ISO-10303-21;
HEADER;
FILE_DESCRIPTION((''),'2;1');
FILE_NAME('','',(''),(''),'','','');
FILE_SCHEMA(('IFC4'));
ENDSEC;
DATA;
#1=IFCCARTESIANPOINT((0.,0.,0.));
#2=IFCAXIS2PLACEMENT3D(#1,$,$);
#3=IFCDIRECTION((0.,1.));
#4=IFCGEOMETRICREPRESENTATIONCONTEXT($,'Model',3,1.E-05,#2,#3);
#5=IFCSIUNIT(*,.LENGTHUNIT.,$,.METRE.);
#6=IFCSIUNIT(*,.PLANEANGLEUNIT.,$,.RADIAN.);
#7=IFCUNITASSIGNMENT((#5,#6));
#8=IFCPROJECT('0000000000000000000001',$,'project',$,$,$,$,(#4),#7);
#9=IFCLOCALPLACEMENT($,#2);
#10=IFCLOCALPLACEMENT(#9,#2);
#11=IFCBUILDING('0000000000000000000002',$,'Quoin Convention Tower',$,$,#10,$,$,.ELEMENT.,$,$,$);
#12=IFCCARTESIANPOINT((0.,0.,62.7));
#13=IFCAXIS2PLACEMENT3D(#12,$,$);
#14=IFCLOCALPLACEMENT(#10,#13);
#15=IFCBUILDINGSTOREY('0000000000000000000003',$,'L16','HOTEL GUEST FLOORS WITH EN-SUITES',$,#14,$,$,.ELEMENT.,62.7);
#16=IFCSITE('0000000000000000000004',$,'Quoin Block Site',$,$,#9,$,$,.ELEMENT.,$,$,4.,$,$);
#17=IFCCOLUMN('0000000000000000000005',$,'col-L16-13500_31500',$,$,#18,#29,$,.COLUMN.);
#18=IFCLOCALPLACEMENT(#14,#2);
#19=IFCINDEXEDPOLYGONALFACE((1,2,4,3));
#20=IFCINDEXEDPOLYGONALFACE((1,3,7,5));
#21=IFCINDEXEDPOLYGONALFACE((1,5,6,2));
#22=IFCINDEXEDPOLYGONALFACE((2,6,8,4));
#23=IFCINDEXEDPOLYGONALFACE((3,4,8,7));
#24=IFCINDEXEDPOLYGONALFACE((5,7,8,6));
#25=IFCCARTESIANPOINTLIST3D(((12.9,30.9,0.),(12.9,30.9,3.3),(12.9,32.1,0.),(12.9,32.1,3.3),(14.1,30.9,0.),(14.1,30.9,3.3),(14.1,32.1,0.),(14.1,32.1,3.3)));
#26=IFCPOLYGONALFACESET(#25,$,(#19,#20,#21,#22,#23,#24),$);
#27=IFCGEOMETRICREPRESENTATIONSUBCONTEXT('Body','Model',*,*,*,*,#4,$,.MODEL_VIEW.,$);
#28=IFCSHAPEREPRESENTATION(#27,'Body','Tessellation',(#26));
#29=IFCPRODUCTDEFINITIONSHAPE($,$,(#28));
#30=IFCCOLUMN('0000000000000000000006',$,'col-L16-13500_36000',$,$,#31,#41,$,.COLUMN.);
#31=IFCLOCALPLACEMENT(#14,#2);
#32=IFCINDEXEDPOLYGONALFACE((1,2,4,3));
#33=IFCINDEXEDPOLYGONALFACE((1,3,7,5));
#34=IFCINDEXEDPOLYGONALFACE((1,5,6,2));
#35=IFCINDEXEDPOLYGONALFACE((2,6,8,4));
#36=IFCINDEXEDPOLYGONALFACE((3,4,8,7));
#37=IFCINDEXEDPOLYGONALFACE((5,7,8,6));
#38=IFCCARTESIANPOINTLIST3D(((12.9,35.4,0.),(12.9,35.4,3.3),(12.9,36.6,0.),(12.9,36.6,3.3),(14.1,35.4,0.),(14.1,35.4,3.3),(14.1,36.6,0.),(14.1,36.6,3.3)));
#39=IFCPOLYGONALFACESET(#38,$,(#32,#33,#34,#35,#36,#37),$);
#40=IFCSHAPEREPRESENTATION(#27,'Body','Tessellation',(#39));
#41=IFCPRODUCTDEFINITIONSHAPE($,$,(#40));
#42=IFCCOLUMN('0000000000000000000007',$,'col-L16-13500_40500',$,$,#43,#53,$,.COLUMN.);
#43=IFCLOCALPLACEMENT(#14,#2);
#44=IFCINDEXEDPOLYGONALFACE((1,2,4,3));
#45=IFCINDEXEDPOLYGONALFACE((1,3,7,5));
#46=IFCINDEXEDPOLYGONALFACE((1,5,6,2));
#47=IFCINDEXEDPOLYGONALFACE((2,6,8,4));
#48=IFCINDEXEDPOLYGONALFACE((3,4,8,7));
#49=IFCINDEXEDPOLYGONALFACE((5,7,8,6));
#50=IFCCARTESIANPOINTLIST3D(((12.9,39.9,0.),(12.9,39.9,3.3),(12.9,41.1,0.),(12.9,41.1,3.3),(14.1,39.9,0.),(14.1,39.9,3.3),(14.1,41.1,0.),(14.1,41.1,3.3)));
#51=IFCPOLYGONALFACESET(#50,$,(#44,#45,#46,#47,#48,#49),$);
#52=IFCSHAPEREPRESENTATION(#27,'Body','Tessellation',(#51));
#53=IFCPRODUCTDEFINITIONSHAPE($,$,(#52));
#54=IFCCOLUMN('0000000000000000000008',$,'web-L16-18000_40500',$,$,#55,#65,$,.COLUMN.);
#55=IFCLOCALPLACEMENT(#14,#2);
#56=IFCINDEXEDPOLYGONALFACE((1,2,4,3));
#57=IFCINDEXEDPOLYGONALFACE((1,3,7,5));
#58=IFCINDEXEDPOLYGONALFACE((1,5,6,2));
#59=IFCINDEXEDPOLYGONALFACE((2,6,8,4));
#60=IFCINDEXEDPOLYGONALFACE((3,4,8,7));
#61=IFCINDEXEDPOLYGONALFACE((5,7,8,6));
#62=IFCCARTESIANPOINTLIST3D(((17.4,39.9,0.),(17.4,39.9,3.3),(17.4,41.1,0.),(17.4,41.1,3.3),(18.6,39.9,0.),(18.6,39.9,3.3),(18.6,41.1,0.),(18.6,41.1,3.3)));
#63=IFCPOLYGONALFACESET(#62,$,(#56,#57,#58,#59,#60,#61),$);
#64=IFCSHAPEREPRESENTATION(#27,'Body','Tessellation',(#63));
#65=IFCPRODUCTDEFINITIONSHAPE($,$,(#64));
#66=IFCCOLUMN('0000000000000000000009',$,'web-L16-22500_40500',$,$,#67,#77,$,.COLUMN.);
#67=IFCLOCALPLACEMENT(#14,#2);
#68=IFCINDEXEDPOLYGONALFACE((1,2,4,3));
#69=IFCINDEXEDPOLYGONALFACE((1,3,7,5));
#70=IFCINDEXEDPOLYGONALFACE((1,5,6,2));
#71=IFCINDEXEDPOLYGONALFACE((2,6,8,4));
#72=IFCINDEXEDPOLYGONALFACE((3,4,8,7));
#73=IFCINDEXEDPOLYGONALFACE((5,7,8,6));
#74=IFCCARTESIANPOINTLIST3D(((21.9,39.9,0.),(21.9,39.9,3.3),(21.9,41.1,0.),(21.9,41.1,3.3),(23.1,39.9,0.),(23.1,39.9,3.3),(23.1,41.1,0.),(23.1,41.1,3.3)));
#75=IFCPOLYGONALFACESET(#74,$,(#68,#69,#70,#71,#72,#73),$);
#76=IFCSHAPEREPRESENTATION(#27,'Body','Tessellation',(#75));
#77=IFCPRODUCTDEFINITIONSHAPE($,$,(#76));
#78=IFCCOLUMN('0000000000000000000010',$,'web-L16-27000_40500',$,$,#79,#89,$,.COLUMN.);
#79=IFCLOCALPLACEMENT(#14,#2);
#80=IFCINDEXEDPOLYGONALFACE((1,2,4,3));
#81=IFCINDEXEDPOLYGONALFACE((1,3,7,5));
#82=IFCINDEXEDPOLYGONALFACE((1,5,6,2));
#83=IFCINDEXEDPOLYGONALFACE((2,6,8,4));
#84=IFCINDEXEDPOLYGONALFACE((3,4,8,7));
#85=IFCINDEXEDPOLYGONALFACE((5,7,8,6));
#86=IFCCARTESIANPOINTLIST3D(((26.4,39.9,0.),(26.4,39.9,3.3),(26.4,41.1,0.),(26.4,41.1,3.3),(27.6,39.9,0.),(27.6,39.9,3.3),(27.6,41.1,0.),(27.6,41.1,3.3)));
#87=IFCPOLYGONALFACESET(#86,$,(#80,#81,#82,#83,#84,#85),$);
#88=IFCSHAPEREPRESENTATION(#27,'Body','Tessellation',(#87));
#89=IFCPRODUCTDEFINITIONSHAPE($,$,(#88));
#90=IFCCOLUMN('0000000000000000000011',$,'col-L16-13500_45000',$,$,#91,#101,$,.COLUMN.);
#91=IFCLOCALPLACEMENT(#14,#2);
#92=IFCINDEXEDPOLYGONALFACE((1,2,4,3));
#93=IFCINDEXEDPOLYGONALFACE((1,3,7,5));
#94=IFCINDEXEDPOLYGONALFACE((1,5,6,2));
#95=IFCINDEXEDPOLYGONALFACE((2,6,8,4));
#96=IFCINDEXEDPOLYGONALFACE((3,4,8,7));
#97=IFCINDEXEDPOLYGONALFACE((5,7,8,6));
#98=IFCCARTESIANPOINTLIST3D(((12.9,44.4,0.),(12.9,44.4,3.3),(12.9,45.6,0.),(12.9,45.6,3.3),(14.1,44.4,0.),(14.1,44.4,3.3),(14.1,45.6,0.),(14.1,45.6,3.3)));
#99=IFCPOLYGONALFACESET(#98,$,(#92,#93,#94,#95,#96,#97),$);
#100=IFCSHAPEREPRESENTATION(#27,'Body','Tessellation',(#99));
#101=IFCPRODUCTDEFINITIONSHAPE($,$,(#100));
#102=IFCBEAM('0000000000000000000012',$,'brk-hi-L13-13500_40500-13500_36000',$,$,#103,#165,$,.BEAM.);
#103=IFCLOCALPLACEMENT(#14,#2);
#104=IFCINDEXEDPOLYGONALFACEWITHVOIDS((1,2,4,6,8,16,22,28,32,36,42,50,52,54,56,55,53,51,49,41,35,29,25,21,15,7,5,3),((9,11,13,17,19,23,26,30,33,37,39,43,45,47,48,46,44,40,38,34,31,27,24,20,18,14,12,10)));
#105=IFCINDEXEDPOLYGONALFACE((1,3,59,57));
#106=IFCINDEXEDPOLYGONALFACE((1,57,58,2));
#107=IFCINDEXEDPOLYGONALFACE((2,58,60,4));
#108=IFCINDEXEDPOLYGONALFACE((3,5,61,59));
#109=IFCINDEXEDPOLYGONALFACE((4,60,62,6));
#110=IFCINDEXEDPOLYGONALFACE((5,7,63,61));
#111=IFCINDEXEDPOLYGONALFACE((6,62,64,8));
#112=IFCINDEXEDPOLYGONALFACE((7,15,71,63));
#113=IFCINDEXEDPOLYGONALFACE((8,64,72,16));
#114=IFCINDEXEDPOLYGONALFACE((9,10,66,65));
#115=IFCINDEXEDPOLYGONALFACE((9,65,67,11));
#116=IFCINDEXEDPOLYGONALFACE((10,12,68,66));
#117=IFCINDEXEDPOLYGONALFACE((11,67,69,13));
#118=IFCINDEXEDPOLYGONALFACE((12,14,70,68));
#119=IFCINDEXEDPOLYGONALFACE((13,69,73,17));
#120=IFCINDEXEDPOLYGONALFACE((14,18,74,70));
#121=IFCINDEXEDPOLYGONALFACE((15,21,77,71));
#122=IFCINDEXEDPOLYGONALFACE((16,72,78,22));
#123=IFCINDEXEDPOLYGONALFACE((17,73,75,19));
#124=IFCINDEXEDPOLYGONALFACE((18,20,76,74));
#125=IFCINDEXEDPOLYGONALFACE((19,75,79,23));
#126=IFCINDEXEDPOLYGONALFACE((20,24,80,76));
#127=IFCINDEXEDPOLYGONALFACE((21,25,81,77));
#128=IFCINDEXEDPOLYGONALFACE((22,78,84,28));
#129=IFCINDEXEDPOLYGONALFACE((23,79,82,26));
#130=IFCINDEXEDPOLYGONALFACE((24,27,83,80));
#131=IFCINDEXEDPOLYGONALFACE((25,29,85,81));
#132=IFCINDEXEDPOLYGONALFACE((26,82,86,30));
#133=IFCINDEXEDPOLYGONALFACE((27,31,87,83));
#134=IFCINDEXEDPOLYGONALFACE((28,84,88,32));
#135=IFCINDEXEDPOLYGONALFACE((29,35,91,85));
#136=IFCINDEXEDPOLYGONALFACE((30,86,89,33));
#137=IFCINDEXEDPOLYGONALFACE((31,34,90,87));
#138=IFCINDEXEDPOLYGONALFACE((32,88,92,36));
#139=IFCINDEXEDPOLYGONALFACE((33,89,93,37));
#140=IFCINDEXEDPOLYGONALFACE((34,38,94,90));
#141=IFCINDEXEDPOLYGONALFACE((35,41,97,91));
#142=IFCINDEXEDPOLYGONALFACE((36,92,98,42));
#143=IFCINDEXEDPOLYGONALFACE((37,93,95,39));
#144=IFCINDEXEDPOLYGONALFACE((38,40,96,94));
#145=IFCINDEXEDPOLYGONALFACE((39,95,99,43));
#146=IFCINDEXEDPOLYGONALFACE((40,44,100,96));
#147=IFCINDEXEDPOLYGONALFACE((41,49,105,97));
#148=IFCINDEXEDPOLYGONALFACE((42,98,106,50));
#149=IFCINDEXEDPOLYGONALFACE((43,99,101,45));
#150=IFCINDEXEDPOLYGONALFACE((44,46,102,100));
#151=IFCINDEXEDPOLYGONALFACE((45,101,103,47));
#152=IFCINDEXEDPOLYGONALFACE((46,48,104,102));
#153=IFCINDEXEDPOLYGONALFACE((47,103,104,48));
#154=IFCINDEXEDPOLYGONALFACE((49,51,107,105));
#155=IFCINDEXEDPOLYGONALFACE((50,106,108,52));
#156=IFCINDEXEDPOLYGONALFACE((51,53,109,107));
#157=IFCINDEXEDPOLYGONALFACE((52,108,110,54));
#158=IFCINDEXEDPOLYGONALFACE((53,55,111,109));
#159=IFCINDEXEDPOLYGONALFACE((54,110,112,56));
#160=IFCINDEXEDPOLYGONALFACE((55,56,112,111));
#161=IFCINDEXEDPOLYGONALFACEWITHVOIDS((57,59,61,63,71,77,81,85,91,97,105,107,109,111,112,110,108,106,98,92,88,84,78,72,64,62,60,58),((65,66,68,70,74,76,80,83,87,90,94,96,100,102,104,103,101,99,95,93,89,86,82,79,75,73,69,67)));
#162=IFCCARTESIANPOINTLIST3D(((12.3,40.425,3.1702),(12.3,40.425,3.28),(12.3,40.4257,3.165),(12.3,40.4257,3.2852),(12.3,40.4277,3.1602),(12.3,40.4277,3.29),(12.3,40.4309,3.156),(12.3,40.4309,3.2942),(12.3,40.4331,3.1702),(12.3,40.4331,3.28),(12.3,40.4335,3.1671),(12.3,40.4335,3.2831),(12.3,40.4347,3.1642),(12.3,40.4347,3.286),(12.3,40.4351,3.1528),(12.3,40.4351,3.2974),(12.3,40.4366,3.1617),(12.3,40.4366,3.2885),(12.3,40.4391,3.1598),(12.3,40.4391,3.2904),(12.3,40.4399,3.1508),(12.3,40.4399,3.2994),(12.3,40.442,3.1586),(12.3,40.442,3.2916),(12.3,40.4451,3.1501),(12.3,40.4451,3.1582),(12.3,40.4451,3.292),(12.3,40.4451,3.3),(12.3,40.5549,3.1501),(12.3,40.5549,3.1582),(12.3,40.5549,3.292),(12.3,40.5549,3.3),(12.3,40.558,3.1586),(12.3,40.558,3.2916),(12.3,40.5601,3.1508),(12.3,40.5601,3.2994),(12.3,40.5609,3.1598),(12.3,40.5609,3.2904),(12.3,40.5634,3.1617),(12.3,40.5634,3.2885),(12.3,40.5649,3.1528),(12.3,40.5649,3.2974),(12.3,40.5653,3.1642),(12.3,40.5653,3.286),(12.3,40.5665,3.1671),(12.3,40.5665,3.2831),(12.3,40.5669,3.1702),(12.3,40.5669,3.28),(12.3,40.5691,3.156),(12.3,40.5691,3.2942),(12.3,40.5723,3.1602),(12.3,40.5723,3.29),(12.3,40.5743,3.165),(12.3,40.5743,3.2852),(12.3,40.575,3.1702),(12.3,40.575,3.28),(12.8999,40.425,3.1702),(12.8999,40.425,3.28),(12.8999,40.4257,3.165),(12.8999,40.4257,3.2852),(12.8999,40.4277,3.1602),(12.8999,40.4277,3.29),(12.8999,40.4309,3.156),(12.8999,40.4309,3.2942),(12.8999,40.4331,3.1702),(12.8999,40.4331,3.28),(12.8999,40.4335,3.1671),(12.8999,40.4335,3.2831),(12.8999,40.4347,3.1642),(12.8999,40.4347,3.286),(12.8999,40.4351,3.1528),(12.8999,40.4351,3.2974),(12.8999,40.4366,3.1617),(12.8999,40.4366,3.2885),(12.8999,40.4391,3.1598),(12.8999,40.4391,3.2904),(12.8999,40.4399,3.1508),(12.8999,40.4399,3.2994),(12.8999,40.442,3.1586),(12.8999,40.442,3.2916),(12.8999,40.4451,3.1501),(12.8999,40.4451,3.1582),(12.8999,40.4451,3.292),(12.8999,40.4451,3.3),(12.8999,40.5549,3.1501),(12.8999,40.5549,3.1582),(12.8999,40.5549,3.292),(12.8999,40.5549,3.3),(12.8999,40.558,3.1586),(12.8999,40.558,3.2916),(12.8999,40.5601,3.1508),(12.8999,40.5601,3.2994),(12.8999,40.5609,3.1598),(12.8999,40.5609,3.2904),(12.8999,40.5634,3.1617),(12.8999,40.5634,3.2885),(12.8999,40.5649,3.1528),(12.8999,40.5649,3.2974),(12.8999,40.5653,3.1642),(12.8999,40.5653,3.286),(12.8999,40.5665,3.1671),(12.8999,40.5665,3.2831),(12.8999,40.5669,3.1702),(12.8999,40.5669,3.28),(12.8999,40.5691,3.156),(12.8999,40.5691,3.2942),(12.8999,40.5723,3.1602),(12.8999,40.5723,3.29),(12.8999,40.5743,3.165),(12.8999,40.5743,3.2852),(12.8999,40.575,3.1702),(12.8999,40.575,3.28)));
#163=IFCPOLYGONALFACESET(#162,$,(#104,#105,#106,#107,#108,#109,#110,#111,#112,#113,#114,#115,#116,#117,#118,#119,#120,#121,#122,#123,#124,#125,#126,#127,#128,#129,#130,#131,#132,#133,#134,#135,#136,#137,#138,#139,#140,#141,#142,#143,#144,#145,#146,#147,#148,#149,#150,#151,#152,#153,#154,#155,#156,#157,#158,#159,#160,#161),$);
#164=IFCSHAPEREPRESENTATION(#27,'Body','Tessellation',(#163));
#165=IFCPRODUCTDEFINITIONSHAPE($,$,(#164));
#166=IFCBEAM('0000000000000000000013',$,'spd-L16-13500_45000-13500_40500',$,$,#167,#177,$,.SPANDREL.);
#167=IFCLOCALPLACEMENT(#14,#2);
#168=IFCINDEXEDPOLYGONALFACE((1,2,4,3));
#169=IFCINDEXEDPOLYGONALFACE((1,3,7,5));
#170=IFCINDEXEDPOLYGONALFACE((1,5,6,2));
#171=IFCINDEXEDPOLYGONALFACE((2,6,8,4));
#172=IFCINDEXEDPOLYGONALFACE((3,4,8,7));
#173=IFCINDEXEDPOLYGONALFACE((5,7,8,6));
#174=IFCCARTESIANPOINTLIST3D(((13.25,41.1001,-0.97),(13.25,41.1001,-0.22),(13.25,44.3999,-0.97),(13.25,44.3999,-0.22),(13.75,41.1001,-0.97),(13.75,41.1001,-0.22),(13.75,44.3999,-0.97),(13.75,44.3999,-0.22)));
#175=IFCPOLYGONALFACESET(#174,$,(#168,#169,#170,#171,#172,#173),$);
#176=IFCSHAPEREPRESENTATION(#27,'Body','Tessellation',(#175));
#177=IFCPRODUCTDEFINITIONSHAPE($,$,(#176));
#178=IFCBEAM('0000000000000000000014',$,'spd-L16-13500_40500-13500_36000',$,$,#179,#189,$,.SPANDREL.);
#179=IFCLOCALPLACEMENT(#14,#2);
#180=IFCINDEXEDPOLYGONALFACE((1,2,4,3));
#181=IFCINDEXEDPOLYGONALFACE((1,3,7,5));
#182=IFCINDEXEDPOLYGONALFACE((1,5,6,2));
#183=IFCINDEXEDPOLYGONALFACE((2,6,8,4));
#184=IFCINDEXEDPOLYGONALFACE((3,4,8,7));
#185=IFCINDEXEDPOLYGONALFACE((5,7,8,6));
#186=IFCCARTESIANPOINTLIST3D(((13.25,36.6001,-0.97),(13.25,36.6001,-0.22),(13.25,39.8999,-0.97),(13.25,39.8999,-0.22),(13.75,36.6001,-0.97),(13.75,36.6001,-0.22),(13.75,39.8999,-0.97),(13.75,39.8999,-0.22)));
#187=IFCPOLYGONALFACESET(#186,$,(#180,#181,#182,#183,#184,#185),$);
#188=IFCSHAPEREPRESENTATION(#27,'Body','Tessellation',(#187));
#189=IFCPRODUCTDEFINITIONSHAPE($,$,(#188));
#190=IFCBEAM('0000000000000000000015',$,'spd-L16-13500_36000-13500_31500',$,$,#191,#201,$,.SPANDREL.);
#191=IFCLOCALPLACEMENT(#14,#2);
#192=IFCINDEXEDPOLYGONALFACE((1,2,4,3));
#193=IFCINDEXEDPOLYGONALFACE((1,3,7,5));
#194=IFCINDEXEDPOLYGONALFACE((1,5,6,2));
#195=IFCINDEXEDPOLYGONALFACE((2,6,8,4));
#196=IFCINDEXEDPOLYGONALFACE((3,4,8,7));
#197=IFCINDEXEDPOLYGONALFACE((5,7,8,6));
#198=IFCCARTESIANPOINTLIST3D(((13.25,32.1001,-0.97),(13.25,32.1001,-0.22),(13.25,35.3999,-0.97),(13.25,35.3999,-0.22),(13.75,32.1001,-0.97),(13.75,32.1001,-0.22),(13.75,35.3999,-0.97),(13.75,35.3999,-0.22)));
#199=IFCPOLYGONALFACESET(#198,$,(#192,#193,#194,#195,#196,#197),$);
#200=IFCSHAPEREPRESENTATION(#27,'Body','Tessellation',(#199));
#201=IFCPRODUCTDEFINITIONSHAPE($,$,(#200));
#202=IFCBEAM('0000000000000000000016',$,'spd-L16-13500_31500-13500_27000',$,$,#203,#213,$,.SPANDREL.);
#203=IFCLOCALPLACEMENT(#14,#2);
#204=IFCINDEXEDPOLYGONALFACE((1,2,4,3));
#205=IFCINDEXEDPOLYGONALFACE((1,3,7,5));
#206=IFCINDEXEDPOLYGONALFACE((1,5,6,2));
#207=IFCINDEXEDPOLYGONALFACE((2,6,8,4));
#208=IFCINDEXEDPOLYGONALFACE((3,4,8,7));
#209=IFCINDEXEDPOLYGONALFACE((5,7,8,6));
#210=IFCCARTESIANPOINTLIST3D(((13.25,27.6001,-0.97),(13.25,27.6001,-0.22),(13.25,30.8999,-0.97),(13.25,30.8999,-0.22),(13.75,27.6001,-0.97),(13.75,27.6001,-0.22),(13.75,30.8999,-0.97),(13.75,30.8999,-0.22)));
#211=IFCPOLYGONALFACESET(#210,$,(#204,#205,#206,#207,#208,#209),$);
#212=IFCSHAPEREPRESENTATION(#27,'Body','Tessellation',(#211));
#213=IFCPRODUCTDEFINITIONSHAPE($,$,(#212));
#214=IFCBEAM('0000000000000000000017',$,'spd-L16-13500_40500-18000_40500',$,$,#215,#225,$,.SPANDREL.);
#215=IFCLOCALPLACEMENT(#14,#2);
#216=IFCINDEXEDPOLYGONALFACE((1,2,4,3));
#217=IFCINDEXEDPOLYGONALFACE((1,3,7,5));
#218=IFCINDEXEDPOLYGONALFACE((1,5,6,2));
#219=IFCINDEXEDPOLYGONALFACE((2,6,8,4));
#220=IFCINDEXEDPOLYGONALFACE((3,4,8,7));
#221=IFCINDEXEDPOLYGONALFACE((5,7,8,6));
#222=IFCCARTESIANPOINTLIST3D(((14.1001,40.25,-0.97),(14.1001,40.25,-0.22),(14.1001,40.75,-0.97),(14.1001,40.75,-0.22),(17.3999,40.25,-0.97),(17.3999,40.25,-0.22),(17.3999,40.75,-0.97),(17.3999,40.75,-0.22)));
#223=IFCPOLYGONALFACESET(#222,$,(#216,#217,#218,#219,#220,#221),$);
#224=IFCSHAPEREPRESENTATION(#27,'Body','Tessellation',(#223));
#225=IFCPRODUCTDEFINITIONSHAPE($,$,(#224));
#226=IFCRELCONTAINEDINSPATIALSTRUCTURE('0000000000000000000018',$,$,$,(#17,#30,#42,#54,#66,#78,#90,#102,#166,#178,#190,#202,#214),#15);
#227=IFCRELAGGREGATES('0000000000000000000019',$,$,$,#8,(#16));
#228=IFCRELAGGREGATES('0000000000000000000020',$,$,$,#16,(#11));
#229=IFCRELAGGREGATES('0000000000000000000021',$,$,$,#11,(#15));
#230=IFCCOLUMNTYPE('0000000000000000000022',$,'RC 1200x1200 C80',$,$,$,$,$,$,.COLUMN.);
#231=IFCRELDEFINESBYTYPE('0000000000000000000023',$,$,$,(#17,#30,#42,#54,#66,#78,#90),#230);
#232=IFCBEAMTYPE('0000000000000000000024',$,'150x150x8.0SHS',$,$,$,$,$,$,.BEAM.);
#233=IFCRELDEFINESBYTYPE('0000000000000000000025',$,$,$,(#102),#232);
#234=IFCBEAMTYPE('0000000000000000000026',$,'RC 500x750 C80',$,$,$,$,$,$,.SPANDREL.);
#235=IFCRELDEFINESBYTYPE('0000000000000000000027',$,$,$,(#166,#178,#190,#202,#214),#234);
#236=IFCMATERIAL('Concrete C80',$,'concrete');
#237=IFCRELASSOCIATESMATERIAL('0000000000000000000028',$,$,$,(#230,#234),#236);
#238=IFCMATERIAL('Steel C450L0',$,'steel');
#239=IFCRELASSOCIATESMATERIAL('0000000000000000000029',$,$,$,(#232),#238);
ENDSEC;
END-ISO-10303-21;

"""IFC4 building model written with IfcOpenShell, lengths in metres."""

from ifc_helpers import new_model, si_unit, direction, frame, origin, origin_2d, place, context, subcontext, project, spatial, rectangle, hollow_rectangle, extrude, material, material_profile, profile_set, type_object, element, save


model = new_model("IFC4")

# Units and contexts
model_context = context("Model", 3, precision=1e-05, world=origin(), true_north=direction((0.0, 1.0)))
body_context = subcontext(model_context, "Body", "Model", "MODEL_VIEW")
ifc_project = project(units=[si_unit("LENGTHUNIT", "METRE"), si_unit("PLANEANGLEUNIT", "RADIAN")], contexts=[model_context])

# Site, building, storey
site_placement = place(None, origin())
site = spatial("IfcSite", under=ifc_project, at=site_placement, Name="Quoin Block Site", CompositionType="ELEMENT", RefElevation=4.0)
building_placement = place(site_placement, origin())
building = spatial("IfcBuilding", under=site, at=building_placement, Name="Quoin Convention Tower", CompositionType="ELEMENT")
storey_placement = place(building_placement, frame((0.0, 0.0, 62.7)))
storey = spatial("IfcBuildingStorey", under=building, at=storey_placement, Name="L16", Description="HOTEL GUEST FLOORS WITH EN-SUITES", CompositionType="ELEMENT", Elevation=62.7)

# Columns
ifc_material_1 = material(Name="Concrete C80", Category="concrete")
ifc_material_profile_1 = material_profile(ifc_material_1, rectangle(XDim=1.2, YDim=1.2, at=origin_2d()), Name="RC 1200x1200")
ifc_profile_set_1 = profile_set([ifc_material_profile_1], Name="Concrete C80")
column_type = type_object("IfcColumnType", Name="RC 1200x1200 C80", PredefinedType="COLUMN", material=ifc_profile_set_1)
for number, where, z_axis, x_axis, name in (
    (1, (13.5, 31.5, 0.0), (0.0, 0.0, 1.0), (1.0, 0.0, 0.0), "col-L16-13500_31500"),
    (2, (13.5, 36.0, 0.0), (0.0, 0.0, 1.0), (1.0, 0.0, 0.0), "col-L16-13500_36000"),
    (3, (13.5, 40.5, 0.0), (0.0, 0.0, 1.0), (1.0, 0.0, 0.0), "col-L16-13500_40500"),
    (4, (18.0, 40.5, 0.0), (0.0, 0.0, 1.0), (1.0, 0.0, 0.0), "web-L16-18000_40500"),
    (5, (22.5, 40.5, 0.0), (0.0, 0.0, 1.0), (1.0, 0.0, 0.0), "web-L16-22500_40500"),
    (6, (27.0, 40.5, 0.0), (0.0, 0.0, 1.0), (1.0, 0.0, 0.0), "web-L16-27000_40500"),
    (7, (13.5, 45.0, 0.0), (0.0, 0.0, 1.0), (1.0, 0.0, 0.0), "col-L16-13500_45000"),
):
    element("IfcColumn", number, at=place(storey_placement, frame(where, z_axis=z_axis, x_axis=x_axis)), inside=storey, type_object=column_type, Name=name, PredefinedType="COLUMN", context=body_context, shape_type="SweptSolid", body=[
        extrude(rectangle(XDim=1.2, YDim=1.2, at=origin_2d()), origin(), (0.0, 0.0, 1.0), 3.3),
    ])

# Beams
ifc_material_2 = material(Name="Steel C450L0", Category="steel")
ifc_material_profile_2 = material_profile(ifc_material_2, hollow_rectangle(XDim=0.1499, YDim=0.1499, WallThickness=0.0081, InnerFilletRadius=0.012, OuterFilletRadius=0.02, at=origin_2d()), Name="150x150x8.0SHS")
ifc_profile_set_2 = profile_set([ifc_material_profile_2], Name="Steel C450L0")
beam_type_1 = type_object("IfcBeamType", Name="150x150x8.0SHS", PredefinedType="BEAM", material=ifc_profile_set_2)
beam_placement = place(storey_placement, frame((12.8999, 40.5, 3.2251), z_axis=(-1.0, 0.0, 0.0), x_axis=(0.0, -1.0, 0.0)))
element("IfcBeam", 8, at=beam_placement, inside=storey, type_object=beam_type_1, Name="brk-hi-L13-13500_40500-13500_36000", PredefinedType="BEAM", context=body_context, shape_type="SweptSolid", body=[
    extrude(hollow_rectangle(XDim=0.1499, YDim=0.1499, WallThickness=0.0081, InnerFilletRadius=0.012, OuterFilletRadius=0.02, at=origin_2d()), origin(), (0.0, 0.0, 1.0), 0.5999),
])
ifc_material_profile_3 = material_profile(ifc_material_1, rectangle(XDim=0.5, YDim=0.75, at=origin_2d()), Name="RC 500x750")
ifc_profile_set_3 = profile_set([ifc_material_profile_3], Name="Concrete C80")
beam_type_2 = type_object("IfcBeamType", Name="RC 500x750 C80", PredefinedType="SPANDREL", material=ifc_profile_set_3)
for number, where, z_axis, x_axis, name in (
    (9, (13.5, 44.3999, -0.595), (0.0, -1.0, 0.0), (1.0, 0.0, 0.0), "spd-L16-13500_45000-13500_40500"),
    (10, (13.5, 39.8999, -0.595), (0.0, -1.0, 0.0), (1.0, 0.0, 0.0), "spd-L16-13500_40500-13500_36000"),
    (11, (13.5, 35.3999, -0.595), (0.0, -1.0, 0.0), (1.0, 0.0, 0.0), "spd-L16-13500_36000-13500_31500"),
    (12, (13.5, 30.8999, -0.595), (0.0, -1.0, 0.0), (1.0, 0.0, 0.0), "spd-L16-13500_31500-13500_27000"),
    (13, (14.1001, 40.5, -0.595), (1.0, 0.0, 0.0), (0.0, 1.0, 0.0), "spd-L16-13500_40500-18000_40500"),
):
    element("IfcBeam", number, at=place(storey_placement, frame(where, z_axis=z_axis, x_axis=x_axis)), inside=storey, type_object=beam_type_2, Name=name, PredefinedType="SPANDREL", context=body_context, shape_type="SweptSolid", body=[
        extrude(rectangle(XDim=0.5, YDim=0.75, at=origin_2d()), origin(), (0.0, 0.0, 1.0), 3.2998),
    ])

save(model, "model.ifc")
